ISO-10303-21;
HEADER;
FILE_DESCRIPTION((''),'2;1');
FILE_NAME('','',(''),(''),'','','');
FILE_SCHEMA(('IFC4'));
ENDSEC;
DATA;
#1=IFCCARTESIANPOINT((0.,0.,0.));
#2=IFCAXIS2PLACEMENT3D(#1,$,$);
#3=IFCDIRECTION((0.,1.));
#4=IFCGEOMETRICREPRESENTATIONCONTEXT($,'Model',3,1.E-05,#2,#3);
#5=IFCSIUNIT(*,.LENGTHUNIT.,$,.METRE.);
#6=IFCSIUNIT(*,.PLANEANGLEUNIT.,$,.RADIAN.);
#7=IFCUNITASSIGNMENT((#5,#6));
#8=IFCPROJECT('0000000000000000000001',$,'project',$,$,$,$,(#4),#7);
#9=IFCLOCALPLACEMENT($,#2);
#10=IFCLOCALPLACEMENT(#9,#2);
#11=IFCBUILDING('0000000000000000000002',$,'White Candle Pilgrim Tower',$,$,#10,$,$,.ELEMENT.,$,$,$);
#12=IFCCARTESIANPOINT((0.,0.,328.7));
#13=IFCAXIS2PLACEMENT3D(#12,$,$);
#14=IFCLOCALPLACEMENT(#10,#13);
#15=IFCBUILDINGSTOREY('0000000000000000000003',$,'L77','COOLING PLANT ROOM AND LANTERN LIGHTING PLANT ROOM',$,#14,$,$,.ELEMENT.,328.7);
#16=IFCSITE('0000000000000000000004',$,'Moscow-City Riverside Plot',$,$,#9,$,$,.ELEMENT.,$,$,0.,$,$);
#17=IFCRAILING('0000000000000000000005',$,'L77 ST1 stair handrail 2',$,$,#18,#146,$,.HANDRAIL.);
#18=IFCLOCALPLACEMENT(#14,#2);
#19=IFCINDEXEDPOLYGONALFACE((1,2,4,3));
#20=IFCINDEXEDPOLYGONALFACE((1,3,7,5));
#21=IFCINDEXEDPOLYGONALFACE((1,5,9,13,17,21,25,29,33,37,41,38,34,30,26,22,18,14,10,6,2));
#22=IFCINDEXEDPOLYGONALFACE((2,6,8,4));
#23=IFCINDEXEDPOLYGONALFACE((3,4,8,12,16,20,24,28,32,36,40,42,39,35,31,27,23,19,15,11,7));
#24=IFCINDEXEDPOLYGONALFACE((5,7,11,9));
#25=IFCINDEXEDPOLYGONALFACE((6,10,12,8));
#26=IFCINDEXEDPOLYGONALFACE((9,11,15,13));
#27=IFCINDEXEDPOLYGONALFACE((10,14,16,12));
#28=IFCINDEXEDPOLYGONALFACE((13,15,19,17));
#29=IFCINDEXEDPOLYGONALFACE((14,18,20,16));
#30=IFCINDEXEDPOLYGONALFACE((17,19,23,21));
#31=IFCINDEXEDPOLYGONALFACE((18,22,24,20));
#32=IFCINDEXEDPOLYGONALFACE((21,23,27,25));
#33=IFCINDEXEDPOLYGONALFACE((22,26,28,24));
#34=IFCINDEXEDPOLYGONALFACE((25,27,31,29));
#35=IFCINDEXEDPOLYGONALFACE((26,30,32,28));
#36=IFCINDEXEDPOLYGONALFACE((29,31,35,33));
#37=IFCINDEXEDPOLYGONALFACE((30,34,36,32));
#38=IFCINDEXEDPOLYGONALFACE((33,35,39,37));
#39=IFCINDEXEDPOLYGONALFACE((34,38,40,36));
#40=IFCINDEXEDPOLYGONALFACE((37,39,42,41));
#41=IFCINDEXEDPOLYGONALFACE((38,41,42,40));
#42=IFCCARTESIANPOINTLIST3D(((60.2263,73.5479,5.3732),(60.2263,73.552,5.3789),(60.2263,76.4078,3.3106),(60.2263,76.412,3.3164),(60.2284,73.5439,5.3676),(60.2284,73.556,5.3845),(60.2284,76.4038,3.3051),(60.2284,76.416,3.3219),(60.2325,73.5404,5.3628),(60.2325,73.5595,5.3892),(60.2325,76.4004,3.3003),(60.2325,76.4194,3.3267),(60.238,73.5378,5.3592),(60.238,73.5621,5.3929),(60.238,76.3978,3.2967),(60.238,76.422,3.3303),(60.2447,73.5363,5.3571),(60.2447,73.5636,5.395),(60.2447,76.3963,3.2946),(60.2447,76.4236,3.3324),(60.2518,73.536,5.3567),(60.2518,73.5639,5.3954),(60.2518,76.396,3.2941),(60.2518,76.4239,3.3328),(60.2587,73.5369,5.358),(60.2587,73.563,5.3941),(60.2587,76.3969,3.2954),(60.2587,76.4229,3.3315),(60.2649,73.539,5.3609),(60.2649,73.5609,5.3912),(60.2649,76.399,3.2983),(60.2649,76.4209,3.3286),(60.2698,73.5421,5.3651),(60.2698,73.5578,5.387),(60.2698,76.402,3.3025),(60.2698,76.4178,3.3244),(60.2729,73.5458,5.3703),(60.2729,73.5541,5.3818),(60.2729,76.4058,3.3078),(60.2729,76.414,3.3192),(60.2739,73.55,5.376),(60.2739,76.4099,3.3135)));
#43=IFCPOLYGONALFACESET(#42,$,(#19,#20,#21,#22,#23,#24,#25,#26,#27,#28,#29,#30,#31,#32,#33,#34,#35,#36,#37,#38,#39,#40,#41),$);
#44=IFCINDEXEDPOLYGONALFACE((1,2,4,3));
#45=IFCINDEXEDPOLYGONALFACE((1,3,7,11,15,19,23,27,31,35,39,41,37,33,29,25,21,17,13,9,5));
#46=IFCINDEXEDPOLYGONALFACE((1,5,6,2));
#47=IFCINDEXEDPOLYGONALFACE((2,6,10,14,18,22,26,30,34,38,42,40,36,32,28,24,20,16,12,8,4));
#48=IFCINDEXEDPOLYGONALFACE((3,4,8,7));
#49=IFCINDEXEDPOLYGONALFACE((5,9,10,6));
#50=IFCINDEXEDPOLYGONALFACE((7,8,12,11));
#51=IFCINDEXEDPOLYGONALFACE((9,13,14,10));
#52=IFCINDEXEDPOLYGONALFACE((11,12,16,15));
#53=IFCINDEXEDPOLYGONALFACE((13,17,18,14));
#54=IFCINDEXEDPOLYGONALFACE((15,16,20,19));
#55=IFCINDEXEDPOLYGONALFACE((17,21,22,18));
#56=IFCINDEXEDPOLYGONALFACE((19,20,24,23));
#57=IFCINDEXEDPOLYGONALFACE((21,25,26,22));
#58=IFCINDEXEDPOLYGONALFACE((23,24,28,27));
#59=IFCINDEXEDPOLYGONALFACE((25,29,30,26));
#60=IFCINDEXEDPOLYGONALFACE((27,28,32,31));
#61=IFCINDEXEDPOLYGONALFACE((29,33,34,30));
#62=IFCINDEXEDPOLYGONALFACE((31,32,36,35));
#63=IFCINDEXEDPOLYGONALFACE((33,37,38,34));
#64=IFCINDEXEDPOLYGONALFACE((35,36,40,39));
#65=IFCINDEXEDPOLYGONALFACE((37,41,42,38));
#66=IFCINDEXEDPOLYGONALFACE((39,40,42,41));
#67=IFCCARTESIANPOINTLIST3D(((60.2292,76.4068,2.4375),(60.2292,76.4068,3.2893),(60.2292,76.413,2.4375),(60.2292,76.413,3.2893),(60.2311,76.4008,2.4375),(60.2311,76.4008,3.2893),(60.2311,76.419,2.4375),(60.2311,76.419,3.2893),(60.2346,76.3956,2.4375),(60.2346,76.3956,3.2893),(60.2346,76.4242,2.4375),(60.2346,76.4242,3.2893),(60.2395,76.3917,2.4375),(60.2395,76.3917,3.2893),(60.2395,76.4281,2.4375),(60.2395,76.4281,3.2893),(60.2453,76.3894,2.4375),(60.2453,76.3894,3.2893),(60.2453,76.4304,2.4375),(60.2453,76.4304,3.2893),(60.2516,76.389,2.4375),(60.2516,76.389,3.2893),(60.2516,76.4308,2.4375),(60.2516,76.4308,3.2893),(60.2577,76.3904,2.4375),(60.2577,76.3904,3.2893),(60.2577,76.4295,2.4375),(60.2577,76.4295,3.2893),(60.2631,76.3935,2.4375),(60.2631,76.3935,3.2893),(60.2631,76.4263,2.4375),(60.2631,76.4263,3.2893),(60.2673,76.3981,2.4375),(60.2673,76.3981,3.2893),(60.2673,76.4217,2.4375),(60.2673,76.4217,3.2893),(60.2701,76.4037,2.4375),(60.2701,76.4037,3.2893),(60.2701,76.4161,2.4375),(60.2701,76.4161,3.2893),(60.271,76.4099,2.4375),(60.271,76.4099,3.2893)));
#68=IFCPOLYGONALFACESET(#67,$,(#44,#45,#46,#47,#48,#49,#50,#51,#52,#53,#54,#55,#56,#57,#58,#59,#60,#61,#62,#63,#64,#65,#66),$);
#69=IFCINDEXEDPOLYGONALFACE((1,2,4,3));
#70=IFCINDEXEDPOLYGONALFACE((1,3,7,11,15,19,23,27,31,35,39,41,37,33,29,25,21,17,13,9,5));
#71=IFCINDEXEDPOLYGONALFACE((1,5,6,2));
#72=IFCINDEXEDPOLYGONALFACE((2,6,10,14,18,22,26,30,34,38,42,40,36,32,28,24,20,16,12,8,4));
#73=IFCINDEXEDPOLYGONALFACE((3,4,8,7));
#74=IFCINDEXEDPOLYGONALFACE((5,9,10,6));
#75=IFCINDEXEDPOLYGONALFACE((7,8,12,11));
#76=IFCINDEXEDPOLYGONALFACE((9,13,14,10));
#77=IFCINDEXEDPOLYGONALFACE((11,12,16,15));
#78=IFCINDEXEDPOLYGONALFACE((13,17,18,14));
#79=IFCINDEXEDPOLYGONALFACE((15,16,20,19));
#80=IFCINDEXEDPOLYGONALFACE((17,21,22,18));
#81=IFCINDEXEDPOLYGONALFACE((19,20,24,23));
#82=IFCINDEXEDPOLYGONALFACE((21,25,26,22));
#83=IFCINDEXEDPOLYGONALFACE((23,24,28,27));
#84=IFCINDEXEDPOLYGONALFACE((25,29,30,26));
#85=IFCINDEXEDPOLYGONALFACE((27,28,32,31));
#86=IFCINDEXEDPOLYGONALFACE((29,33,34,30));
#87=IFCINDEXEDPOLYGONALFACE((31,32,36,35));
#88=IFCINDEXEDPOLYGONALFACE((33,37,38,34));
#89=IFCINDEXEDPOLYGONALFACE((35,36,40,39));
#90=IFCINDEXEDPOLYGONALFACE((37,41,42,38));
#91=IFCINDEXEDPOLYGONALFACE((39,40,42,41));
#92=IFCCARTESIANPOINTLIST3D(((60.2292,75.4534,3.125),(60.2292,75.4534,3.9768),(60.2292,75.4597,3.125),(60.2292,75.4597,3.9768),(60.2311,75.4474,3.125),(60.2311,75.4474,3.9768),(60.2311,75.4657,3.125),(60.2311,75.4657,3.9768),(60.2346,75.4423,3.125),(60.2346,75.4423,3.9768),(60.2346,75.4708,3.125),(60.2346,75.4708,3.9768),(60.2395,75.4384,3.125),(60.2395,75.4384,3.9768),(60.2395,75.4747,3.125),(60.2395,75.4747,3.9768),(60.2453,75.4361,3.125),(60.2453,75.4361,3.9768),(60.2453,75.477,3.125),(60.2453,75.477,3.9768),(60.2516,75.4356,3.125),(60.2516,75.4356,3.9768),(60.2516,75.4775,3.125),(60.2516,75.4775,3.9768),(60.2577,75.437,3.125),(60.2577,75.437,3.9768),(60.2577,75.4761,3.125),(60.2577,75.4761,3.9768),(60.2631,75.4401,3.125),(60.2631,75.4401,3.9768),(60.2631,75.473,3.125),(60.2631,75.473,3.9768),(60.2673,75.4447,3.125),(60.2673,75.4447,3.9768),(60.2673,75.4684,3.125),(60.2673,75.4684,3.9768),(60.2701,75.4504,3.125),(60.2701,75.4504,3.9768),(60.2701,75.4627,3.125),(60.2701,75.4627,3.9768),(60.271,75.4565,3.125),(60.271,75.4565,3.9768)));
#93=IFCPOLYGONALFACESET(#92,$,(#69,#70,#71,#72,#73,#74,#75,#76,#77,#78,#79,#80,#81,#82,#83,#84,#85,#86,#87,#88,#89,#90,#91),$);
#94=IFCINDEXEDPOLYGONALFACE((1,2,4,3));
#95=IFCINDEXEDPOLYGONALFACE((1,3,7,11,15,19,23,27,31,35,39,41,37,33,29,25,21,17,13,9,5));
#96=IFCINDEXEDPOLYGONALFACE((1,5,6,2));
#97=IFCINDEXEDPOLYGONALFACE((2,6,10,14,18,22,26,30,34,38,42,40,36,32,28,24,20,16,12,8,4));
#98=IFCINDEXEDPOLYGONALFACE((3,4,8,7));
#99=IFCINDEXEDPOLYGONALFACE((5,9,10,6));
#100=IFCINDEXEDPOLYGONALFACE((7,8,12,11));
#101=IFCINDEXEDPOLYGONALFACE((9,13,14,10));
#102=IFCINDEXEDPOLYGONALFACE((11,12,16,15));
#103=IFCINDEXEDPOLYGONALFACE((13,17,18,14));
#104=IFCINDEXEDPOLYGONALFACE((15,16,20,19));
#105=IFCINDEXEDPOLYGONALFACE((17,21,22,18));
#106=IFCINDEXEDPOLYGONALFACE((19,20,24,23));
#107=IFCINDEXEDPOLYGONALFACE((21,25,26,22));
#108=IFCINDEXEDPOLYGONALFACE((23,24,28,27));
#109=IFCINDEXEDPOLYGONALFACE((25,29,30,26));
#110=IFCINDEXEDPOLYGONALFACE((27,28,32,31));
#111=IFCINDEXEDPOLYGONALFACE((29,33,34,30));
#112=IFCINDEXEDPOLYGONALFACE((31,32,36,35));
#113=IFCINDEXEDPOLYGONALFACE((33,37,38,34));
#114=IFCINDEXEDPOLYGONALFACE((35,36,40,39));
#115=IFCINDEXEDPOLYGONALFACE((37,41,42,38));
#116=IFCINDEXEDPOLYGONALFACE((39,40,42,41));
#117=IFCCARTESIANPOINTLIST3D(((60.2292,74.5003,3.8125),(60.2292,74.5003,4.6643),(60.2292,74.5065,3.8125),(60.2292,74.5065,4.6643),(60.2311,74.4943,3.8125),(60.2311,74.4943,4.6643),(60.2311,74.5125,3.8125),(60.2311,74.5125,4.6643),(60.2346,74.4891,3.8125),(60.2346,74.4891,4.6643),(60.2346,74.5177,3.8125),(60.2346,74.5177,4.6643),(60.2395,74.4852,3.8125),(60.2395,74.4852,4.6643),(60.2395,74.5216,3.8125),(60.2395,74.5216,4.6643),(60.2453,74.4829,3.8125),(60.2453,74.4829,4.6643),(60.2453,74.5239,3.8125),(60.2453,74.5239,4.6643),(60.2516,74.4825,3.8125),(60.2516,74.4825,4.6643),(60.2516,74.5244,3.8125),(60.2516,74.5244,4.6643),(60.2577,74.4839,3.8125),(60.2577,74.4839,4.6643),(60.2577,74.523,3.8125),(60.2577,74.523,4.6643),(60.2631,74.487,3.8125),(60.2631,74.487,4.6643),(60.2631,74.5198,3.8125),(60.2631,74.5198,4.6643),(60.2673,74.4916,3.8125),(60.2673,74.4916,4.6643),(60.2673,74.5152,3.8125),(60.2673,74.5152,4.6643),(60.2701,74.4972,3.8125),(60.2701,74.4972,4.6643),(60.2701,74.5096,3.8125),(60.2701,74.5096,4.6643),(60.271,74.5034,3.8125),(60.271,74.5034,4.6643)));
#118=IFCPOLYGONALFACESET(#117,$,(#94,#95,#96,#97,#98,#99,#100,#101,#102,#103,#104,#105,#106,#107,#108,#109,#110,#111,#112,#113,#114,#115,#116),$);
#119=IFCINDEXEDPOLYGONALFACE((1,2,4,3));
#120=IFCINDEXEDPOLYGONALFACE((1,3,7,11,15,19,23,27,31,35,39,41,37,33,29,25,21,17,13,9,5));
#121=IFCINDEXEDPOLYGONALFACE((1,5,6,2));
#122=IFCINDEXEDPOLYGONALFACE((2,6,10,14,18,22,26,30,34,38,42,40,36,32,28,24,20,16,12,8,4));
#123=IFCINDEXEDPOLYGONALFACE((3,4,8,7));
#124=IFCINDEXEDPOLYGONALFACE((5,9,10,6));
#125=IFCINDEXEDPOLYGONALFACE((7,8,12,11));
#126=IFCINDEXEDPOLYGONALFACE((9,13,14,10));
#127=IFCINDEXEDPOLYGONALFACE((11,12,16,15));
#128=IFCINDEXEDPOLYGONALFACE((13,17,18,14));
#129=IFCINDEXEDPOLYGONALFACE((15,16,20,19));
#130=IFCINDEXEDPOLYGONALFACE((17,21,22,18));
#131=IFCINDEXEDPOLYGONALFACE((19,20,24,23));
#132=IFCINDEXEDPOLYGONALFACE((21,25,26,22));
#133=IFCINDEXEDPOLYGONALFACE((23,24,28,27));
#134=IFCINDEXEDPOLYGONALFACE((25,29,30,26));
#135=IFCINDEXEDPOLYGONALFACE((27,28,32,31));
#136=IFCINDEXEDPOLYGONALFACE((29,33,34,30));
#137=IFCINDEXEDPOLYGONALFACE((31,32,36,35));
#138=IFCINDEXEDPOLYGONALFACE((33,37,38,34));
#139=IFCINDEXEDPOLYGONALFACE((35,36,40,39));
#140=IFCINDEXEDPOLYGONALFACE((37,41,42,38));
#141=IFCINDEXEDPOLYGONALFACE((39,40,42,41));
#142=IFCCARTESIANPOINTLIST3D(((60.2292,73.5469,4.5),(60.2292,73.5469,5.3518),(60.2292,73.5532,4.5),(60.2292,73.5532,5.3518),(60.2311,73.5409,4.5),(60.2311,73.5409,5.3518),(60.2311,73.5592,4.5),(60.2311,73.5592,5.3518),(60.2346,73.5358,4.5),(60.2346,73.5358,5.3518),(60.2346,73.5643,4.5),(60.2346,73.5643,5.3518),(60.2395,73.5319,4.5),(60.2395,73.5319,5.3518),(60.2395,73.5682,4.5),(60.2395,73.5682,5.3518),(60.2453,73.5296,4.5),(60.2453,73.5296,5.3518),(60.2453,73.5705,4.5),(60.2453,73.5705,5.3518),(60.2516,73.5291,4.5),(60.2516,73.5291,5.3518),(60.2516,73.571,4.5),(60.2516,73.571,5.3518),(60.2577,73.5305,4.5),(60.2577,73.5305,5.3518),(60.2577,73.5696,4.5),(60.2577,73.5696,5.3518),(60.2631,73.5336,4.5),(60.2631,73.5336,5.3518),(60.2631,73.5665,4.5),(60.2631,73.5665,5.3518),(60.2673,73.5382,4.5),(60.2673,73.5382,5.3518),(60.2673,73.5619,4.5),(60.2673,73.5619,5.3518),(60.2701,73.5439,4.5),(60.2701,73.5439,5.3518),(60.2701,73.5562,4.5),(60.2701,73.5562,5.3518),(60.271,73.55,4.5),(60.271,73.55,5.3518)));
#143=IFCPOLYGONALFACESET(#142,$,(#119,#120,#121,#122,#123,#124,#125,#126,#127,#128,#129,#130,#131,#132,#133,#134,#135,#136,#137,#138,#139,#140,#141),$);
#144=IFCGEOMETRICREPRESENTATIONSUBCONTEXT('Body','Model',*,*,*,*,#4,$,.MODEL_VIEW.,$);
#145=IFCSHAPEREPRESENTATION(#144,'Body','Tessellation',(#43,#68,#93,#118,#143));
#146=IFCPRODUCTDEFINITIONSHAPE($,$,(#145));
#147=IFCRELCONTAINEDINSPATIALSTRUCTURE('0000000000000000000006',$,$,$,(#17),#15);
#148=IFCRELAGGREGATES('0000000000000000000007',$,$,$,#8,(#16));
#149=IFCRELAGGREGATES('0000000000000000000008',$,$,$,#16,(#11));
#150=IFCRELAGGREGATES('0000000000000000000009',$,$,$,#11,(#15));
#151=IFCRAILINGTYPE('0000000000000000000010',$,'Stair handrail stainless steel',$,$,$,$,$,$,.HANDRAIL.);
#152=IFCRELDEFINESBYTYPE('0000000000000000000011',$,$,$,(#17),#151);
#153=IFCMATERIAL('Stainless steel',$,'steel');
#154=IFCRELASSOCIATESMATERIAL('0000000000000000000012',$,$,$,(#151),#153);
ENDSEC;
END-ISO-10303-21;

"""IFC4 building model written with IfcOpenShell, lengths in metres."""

from ifc_helpers import new_model, si_unit, direction, frame, origin, origin_2d, place, context, subcontext, project, spatial, circle, extrude, material, type_object, element, save


model = new_model("IFC4")

# Units and contexts
model_context = context("Model", 3, precision=1e-05, world=origin(), true_north=direction((0.0, 1.0)))
body_context = subcontext(model_context, "Body", "Model", "MODEL_VIEW")
ifc_project = project(units=[si_unit("LENGTHUNIT", "METRE"), si_unit("PLANEANGLEUNIT", "RADIAN")], contexts=[model_context])

# Site, building, storey
site_placement = place(None, origin())
site = spatial("IfcSite", under=ifc_project, at=site_placement, Name="Moscow-City Riverside Plot", CompositionType="ELEMENT", RefElevation=0.0)
building_placement = place(site_placement, origin())
building = spatial("IfcBuilding", under=site, at=building_placement, Name="White Candle Pilgrim Tower", CompositionType="ELEMENT")
storey_placement = place(building_placement, frame((0.0, 0.0, 328.7)))
storey = spatial("IfcBuildingStorey", under=building, at=storey_placement, Name="L77", Description="COOLING PLANT ROOM AND LANTERN LIGHTING PLANT ROOM", CompositionType="ELEMENT", Elevation=328.7)

# Railing
ifc_material_1 = material(Name="Stainless steel", Category="steel")
railing_type_1 = type_object("IfcRailingType", Name="Stair handrail stainless steel", PredefinedType="HANDRAIL", material=ifc_material_1)
railing_1_placement = place(storey_placement, frame((60.25, 76.4099, 2.4375)))
element("IfcRailing", 1, at=railing_1_placement, inside=storey, type_object=railing_type_1, Name="L77 ST1 stair handrail 2", PredefinedType="HANDRAIL", context=body_context, shape_type="SweptSolid", body=[
    extrude(circle(Radius=0.0239, at=origin_2d()), frame((0.0, 0.0, 0.876), z_axis=(0.0, -0.811077, 0.584939), x_axis=(1.0, 0.0, 0.0)), (0.0, 0.0, 1.0), 3.5261),
    extrude(circle(Radius=0.021, at=origin_2d()), origin(), (0.0, 0.0, 1.0), 0.8518),
    extrude(circle(Radius=0.021, at=origin_2d()), frame((0.0, -0.9534, 0.6875)), (0.0, 0.0, 1.0), 0.8518),
    extrude(circle(Radius=0.021, at=origin_2d()), frame((0.0, -1.9065, 1.375)), (0.0, 0.0, 1.0), 0.8518),
    extrude(circle(Radius=0.021, at=origin_2d()), frame((0.0, -2.8599, 2.0625)), (0.0, 0.0, 1.0), 0.8518),
])

save(model, "model.ifc")
